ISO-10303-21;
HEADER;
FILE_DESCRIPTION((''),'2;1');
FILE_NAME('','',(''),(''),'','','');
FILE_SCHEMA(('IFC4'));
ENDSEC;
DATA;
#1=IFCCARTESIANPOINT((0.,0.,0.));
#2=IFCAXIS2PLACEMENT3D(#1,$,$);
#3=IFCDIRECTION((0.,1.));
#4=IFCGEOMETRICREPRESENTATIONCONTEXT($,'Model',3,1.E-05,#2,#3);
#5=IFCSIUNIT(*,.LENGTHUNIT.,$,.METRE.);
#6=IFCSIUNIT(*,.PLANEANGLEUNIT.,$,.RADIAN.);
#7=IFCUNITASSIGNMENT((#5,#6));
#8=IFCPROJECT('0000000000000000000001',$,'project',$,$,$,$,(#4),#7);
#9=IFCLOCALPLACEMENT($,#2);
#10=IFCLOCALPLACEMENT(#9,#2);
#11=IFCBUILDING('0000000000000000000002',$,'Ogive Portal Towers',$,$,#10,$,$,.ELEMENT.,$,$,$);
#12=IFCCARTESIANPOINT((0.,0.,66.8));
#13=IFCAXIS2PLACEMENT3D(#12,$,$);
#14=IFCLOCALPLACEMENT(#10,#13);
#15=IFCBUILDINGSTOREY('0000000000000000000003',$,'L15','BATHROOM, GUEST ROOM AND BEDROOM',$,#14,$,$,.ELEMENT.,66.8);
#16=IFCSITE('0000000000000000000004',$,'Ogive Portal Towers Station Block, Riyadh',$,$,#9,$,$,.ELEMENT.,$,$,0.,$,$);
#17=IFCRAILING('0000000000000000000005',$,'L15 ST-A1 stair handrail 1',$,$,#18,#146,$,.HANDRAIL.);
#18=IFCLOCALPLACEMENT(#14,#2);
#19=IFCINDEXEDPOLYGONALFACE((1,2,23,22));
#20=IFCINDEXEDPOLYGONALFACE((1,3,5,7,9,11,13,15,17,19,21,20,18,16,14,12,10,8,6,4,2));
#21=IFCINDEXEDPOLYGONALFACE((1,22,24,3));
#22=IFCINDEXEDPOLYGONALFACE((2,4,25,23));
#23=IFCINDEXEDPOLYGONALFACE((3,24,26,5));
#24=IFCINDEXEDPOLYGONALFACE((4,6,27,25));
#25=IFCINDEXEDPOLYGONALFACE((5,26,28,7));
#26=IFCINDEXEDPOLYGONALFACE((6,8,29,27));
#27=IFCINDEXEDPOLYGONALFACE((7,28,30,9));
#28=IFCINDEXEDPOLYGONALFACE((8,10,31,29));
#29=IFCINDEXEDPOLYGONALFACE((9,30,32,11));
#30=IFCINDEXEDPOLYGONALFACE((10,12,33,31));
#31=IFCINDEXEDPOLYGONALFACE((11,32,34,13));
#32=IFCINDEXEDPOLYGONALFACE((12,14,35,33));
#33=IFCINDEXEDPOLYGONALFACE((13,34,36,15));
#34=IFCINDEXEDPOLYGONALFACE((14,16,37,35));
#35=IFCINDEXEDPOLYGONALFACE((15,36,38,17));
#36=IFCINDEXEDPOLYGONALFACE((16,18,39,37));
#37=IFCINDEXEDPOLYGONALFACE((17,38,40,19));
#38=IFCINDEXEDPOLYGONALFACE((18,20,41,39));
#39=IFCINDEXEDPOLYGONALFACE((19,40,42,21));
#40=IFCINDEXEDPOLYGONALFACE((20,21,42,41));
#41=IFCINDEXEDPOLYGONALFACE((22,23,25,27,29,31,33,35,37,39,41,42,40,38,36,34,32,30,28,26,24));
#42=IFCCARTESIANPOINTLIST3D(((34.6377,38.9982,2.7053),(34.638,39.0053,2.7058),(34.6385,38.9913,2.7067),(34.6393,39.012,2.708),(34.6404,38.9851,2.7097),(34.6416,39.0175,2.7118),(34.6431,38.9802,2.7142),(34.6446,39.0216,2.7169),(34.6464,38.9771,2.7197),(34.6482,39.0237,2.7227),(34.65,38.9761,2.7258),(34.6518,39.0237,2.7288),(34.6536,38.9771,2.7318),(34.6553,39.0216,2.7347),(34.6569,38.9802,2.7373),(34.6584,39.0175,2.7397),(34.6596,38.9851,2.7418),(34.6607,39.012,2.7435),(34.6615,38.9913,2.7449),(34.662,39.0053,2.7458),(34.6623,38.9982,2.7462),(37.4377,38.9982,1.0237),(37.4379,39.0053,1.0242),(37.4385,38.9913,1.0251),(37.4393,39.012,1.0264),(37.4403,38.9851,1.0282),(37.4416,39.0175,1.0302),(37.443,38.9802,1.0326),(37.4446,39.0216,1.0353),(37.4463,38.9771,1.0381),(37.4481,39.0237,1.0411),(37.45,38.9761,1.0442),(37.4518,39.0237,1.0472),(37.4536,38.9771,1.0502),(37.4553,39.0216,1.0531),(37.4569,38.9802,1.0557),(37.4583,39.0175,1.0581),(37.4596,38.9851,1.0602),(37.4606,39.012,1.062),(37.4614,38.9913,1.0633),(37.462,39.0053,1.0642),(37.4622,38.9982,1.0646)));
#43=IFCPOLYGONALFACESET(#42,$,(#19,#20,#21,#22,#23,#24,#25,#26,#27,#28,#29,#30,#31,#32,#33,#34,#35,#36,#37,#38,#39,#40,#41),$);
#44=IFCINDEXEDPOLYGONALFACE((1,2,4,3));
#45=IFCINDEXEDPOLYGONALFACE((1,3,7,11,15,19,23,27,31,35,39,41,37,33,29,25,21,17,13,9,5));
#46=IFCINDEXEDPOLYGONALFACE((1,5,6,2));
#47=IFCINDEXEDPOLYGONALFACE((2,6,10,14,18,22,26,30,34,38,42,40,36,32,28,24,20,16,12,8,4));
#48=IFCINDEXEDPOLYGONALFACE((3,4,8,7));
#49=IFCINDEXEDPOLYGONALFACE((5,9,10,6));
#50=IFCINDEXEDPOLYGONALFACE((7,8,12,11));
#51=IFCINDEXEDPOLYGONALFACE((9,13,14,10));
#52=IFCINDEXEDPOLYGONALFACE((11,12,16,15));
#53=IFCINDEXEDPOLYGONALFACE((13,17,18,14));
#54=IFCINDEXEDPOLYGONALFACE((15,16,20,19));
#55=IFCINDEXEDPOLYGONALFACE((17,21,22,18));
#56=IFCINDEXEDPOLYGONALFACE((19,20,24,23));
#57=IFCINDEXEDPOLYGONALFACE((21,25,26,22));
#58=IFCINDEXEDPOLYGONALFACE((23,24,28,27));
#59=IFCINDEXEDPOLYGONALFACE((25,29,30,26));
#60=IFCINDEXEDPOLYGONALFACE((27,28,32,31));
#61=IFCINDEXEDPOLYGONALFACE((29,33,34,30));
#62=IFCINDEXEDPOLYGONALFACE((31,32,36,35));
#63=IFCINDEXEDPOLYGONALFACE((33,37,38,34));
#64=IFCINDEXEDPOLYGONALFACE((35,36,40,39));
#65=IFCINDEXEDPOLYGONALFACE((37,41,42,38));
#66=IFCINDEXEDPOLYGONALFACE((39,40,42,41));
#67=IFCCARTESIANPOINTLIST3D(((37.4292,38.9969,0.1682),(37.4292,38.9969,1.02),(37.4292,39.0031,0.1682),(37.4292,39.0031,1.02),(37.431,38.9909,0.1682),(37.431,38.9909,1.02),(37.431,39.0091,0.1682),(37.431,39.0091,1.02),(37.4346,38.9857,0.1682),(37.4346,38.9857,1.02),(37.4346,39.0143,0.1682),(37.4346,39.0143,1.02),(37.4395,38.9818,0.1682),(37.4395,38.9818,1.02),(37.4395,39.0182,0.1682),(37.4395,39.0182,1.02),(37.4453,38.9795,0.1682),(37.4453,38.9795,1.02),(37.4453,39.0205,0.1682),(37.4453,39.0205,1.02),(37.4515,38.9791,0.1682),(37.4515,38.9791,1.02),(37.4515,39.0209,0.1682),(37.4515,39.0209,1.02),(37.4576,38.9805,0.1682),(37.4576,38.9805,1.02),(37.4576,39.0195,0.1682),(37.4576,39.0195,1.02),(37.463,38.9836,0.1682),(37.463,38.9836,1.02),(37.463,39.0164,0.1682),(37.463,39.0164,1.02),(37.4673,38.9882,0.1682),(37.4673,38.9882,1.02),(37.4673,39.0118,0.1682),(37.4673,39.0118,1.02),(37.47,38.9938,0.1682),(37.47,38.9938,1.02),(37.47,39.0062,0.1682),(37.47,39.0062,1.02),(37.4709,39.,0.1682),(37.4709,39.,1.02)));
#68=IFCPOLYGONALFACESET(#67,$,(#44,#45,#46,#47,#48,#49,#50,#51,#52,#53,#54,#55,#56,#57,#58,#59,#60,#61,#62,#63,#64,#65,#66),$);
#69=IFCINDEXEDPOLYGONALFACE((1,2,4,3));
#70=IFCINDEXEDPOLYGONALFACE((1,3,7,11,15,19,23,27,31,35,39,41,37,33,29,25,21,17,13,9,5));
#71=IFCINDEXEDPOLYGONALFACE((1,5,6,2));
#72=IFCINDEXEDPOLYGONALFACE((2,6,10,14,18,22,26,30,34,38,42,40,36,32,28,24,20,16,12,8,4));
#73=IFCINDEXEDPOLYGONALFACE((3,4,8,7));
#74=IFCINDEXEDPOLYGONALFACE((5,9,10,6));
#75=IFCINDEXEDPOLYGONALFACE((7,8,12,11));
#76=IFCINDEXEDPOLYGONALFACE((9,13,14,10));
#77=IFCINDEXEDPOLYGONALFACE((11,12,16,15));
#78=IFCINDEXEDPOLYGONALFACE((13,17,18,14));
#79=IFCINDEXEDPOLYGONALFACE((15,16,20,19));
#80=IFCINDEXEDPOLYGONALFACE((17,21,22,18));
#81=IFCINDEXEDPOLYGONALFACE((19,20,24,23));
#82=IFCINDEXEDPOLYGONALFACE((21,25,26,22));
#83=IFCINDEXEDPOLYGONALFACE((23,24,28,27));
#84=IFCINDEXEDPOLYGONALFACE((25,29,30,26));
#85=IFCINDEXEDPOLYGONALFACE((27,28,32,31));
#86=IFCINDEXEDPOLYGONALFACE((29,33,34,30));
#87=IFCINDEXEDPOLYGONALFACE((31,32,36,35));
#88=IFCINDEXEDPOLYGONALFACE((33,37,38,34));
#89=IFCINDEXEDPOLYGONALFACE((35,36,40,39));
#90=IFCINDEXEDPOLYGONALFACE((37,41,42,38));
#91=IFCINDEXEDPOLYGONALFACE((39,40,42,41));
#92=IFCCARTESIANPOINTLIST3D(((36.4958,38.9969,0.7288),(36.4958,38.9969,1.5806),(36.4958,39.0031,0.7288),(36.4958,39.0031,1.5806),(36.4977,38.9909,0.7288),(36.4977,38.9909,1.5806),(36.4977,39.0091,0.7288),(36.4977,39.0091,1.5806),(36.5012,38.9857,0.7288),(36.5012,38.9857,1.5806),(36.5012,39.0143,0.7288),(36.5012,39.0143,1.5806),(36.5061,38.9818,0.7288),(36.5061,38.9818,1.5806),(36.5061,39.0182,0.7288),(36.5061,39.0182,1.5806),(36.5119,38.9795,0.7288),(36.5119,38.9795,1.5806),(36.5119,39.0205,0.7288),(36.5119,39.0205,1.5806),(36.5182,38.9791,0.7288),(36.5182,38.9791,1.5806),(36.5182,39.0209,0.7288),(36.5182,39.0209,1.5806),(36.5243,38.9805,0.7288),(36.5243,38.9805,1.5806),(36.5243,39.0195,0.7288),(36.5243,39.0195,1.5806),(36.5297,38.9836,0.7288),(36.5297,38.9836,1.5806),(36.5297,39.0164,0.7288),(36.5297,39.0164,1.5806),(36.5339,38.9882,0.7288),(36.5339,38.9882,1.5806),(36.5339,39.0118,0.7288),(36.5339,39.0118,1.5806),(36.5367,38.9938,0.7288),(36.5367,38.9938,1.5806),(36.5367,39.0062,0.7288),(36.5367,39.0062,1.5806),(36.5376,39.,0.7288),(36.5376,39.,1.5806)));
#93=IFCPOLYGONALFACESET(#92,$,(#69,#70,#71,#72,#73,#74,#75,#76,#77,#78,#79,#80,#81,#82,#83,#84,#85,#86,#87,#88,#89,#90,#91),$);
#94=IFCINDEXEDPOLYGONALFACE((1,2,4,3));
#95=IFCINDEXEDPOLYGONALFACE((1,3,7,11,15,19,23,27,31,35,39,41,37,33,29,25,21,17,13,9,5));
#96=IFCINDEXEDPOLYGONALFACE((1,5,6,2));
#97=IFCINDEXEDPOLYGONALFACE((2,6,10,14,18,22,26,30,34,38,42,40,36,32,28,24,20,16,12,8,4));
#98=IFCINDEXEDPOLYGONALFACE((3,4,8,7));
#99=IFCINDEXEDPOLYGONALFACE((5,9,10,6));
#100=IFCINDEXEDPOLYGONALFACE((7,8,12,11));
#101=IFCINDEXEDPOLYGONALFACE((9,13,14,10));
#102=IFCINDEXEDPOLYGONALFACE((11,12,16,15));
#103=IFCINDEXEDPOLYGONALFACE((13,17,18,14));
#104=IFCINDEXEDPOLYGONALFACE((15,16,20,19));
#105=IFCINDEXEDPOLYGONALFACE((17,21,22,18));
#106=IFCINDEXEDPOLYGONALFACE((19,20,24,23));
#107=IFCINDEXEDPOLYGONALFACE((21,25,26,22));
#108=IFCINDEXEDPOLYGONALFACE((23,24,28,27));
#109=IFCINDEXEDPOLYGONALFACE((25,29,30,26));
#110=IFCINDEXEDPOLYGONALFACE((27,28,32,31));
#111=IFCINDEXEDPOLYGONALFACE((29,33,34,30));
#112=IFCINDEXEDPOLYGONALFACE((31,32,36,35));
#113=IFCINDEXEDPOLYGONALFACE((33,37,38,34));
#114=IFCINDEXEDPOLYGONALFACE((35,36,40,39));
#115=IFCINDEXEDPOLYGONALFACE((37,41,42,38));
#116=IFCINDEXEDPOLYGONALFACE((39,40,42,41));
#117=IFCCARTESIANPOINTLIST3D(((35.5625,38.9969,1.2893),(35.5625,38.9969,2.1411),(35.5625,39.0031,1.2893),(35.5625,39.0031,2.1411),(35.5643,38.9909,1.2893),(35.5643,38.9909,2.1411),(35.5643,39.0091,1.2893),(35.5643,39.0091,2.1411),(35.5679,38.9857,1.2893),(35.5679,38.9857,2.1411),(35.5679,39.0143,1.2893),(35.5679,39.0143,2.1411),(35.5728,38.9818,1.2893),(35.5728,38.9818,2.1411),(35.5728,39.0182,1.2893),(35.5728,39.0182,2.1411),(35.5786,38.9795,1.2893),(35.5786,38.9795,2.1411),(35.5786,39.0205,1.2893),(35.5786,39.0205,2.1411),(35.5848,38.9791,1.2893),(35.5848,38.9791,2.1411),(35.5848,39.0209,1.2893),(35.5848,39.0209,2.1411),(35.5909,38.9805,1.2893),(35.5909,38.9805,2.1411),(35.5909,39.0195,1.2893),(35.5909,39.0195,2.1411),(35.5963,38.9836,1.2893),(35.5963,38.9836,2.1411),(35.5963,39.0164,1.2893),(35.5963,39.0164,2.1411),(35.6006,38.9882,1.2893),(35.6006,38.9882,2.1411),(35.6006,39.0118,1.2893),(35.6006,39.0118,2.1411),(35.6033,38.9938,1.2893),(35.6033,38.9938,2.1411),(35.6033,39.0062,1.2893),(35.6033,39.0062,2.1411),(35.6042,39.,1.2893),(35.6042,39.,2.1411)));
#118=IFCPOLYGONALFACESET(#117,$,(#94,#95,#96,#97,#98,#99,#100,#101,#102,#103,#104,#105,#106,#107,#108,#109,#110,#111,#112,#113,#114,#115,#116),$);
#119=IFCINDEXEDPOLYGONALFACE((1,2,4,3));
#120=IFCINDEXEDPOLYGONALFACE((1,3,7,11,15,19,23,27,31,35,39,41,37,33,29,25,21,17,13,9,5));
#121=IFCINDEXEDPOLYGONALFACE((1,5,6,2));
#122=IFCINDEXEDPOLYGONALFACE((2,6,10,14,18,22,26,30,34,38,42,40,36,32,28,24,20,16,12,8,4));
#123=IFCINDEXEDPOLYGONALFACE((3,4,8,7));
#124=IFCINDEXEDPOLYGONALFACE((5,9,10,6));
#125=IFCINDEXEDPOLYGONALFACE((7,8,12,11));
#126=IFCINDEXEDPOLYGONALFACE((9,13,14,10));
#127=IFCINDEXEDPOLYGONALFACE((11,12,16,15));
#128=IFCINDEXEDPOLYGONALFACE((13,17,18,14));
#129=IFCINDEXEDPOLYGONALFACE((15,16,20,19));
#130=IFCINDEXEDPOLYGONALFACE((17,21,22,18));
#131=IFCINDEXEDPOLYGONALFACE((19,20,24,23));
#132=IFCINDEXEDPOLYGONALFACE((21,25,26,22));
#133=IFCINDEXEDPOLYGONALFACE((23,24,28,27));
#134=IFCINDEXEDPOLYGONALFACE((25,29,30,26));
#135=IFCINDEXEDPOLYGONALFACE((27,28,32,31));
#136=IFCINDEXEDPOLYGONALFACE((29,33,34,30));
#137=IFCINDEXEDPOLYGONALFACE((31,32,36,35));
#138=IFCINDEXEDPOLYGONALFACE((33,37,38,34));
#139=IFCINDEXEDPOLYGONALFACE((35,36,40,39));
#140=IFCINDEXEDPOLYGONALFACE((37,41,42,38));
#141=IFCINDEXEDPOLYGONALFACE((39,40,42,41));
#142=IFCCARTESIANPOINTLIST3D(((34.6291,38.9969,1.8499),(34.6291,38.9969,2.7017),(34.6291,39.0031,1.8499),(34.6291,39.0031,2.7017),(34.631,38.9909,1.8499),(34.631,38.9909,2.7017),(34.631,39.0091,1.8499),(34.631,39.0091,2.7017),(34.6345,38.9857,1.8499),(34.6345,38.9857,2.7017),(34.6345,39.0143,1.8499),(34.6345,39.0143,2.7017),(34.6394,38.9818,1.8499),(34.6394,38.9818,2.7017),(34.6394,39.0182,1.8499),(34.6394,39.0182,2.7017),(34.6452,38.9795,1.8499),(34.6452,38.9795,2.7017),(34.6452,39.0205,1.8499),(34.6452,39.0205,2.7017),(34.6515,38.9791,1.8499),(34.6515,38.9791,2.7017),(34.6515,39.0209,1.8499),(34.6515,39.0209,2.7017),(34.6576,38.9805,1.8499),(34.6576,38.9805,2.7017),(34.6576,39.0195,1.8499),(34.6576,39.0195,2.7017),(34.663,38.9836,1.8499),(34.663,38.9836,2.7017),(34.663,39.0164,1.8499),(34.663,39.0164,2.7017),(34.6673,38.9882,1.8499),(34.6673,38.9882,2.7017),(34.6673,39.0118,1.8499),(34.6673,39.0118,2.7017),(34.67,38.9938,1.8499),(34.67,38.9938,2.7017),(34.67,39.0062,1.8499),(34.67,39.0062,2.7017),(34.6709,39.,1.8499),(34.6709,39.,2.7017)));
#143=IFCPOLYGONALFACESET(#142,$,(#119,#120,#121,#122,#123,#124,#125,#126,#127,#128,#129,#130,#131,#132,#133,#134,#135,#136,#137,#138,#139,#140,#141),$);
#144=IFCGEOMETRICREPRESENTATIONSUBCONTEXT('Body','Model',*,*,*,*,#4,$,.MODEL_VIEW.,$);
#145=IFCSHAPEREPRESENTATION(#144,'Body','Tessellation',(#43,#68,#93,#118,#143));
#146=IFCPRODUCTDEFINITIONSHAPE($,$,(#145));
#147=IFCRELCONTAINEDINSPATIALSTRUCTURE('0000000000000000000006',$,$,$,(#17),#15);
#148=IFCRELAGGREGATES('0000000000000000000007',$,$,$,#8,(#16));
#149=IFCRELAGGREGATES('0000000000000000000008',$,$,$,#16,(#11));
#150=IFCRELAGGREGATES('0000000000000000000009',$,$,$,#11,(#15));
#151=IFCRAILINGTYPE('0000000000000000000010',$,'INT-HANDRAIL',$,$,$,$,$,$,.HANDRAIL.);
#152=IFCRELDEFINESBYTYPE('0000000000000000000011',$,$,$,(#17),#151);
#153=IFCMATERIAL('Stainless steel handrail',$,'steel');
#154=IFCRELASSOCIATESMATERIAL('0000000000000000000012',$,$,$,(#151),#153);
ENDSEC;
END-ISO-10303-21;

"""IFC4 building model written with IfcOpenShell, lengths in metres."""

from ifc_helpers import new_model, si_unit, direction, frame, origin, origin_2d, place, context, subcontext, project, spatial, circle, extrude, material, type_object, element, save


model = new_model("IFC4")

# Units and contexts
model_context = context("Model", 3, precision=1e-05, world=origin(), true_north=direction((0.0, 1.0)))
body_context = subcontext(model_context, "Body", "Model", "MODEL_VIEW")
ifc_project = project(units=[si_unit("LENGTHUNIT", "METRE"), si_unit("PLANEANGLEUNIT", "RADIAN")], contexts=[model_context])

# Site, building, storey
site_placement = place(None, origin())
site = spatial("IfcSite", under=ifc_project, at=site_placement, Name="Ogive Portal Towers Station Block, Riyadh", CompositionType="ELEMENT", RefElevation=0.0)
building_placement = place(site_placement, origin())
building = spatial("IfcBuilding", under=site, at=building_placement, Name="Ogive Portal Towers", CompositionType="ELEMENT")
storey_placement = place(building_placement, frame((0.0, 0.0, 66.8)))
storey = spatial("IfcBuildingStorey", under=building, at=storey_placement, Name="L15", Description="BATHROOM, GUEST ROOM AND BEDROOM", CompositionType="ELEMENT", Elevation=66.8)

# Railing
ifc_material_1 = material(Name="Stainless steel handrail", Category="steel")
railing_type_1 = type_object("IfcRailingType", Name="INT-HANDRAIL", PredefinedType="HANDRAIL", material=ifc_material_1)
railing_1_placement = place(storey_placement, frame((37.45, 39.0, 0.1682)))
element("IfcRailing", 1, at=railing_1_placement, inside=storey, type_object=railing_type_1, Name="L15 ST-A1 stair handrail 1", PredefinedType="HANDRAIL", context=body_context, shape_type="SweptSolid", body=[
    extrude(circle(Radius=0.0239, at=origin_2d()), frame((0.0, 0.0, 0.876), z_axis=(-0.857275, 0.0, 0.514858), x_axis=(0.0, -1.0, 0.0)), (0.0, 0.0, 1.0), 3.2661),
    extrude(circle(Radius=0.021, at=origin_2d()), origin(), (0.0, 0.0, 1.0), 0.8518),
    extrude(circle(Radius=0.021, at=origin_2d()), frame((-0.9333, 0.0, 0.5605)), (0.0, 0.0, 1.0), 0.8518),
    extrude(circle(Radius=0.021, at=origin_2d()), frame((-1.8667, 0.0, 1.1211)), (0.0, 0.0, 1.0), 0.8518),
    extrude(circle(Radius=0.021, at=origin_2d()), frame((-2.8, 0.0, 1.6816)), (0.0, 0.0, 1.0), 0.8518),
])

save(model, "model.ifc")
